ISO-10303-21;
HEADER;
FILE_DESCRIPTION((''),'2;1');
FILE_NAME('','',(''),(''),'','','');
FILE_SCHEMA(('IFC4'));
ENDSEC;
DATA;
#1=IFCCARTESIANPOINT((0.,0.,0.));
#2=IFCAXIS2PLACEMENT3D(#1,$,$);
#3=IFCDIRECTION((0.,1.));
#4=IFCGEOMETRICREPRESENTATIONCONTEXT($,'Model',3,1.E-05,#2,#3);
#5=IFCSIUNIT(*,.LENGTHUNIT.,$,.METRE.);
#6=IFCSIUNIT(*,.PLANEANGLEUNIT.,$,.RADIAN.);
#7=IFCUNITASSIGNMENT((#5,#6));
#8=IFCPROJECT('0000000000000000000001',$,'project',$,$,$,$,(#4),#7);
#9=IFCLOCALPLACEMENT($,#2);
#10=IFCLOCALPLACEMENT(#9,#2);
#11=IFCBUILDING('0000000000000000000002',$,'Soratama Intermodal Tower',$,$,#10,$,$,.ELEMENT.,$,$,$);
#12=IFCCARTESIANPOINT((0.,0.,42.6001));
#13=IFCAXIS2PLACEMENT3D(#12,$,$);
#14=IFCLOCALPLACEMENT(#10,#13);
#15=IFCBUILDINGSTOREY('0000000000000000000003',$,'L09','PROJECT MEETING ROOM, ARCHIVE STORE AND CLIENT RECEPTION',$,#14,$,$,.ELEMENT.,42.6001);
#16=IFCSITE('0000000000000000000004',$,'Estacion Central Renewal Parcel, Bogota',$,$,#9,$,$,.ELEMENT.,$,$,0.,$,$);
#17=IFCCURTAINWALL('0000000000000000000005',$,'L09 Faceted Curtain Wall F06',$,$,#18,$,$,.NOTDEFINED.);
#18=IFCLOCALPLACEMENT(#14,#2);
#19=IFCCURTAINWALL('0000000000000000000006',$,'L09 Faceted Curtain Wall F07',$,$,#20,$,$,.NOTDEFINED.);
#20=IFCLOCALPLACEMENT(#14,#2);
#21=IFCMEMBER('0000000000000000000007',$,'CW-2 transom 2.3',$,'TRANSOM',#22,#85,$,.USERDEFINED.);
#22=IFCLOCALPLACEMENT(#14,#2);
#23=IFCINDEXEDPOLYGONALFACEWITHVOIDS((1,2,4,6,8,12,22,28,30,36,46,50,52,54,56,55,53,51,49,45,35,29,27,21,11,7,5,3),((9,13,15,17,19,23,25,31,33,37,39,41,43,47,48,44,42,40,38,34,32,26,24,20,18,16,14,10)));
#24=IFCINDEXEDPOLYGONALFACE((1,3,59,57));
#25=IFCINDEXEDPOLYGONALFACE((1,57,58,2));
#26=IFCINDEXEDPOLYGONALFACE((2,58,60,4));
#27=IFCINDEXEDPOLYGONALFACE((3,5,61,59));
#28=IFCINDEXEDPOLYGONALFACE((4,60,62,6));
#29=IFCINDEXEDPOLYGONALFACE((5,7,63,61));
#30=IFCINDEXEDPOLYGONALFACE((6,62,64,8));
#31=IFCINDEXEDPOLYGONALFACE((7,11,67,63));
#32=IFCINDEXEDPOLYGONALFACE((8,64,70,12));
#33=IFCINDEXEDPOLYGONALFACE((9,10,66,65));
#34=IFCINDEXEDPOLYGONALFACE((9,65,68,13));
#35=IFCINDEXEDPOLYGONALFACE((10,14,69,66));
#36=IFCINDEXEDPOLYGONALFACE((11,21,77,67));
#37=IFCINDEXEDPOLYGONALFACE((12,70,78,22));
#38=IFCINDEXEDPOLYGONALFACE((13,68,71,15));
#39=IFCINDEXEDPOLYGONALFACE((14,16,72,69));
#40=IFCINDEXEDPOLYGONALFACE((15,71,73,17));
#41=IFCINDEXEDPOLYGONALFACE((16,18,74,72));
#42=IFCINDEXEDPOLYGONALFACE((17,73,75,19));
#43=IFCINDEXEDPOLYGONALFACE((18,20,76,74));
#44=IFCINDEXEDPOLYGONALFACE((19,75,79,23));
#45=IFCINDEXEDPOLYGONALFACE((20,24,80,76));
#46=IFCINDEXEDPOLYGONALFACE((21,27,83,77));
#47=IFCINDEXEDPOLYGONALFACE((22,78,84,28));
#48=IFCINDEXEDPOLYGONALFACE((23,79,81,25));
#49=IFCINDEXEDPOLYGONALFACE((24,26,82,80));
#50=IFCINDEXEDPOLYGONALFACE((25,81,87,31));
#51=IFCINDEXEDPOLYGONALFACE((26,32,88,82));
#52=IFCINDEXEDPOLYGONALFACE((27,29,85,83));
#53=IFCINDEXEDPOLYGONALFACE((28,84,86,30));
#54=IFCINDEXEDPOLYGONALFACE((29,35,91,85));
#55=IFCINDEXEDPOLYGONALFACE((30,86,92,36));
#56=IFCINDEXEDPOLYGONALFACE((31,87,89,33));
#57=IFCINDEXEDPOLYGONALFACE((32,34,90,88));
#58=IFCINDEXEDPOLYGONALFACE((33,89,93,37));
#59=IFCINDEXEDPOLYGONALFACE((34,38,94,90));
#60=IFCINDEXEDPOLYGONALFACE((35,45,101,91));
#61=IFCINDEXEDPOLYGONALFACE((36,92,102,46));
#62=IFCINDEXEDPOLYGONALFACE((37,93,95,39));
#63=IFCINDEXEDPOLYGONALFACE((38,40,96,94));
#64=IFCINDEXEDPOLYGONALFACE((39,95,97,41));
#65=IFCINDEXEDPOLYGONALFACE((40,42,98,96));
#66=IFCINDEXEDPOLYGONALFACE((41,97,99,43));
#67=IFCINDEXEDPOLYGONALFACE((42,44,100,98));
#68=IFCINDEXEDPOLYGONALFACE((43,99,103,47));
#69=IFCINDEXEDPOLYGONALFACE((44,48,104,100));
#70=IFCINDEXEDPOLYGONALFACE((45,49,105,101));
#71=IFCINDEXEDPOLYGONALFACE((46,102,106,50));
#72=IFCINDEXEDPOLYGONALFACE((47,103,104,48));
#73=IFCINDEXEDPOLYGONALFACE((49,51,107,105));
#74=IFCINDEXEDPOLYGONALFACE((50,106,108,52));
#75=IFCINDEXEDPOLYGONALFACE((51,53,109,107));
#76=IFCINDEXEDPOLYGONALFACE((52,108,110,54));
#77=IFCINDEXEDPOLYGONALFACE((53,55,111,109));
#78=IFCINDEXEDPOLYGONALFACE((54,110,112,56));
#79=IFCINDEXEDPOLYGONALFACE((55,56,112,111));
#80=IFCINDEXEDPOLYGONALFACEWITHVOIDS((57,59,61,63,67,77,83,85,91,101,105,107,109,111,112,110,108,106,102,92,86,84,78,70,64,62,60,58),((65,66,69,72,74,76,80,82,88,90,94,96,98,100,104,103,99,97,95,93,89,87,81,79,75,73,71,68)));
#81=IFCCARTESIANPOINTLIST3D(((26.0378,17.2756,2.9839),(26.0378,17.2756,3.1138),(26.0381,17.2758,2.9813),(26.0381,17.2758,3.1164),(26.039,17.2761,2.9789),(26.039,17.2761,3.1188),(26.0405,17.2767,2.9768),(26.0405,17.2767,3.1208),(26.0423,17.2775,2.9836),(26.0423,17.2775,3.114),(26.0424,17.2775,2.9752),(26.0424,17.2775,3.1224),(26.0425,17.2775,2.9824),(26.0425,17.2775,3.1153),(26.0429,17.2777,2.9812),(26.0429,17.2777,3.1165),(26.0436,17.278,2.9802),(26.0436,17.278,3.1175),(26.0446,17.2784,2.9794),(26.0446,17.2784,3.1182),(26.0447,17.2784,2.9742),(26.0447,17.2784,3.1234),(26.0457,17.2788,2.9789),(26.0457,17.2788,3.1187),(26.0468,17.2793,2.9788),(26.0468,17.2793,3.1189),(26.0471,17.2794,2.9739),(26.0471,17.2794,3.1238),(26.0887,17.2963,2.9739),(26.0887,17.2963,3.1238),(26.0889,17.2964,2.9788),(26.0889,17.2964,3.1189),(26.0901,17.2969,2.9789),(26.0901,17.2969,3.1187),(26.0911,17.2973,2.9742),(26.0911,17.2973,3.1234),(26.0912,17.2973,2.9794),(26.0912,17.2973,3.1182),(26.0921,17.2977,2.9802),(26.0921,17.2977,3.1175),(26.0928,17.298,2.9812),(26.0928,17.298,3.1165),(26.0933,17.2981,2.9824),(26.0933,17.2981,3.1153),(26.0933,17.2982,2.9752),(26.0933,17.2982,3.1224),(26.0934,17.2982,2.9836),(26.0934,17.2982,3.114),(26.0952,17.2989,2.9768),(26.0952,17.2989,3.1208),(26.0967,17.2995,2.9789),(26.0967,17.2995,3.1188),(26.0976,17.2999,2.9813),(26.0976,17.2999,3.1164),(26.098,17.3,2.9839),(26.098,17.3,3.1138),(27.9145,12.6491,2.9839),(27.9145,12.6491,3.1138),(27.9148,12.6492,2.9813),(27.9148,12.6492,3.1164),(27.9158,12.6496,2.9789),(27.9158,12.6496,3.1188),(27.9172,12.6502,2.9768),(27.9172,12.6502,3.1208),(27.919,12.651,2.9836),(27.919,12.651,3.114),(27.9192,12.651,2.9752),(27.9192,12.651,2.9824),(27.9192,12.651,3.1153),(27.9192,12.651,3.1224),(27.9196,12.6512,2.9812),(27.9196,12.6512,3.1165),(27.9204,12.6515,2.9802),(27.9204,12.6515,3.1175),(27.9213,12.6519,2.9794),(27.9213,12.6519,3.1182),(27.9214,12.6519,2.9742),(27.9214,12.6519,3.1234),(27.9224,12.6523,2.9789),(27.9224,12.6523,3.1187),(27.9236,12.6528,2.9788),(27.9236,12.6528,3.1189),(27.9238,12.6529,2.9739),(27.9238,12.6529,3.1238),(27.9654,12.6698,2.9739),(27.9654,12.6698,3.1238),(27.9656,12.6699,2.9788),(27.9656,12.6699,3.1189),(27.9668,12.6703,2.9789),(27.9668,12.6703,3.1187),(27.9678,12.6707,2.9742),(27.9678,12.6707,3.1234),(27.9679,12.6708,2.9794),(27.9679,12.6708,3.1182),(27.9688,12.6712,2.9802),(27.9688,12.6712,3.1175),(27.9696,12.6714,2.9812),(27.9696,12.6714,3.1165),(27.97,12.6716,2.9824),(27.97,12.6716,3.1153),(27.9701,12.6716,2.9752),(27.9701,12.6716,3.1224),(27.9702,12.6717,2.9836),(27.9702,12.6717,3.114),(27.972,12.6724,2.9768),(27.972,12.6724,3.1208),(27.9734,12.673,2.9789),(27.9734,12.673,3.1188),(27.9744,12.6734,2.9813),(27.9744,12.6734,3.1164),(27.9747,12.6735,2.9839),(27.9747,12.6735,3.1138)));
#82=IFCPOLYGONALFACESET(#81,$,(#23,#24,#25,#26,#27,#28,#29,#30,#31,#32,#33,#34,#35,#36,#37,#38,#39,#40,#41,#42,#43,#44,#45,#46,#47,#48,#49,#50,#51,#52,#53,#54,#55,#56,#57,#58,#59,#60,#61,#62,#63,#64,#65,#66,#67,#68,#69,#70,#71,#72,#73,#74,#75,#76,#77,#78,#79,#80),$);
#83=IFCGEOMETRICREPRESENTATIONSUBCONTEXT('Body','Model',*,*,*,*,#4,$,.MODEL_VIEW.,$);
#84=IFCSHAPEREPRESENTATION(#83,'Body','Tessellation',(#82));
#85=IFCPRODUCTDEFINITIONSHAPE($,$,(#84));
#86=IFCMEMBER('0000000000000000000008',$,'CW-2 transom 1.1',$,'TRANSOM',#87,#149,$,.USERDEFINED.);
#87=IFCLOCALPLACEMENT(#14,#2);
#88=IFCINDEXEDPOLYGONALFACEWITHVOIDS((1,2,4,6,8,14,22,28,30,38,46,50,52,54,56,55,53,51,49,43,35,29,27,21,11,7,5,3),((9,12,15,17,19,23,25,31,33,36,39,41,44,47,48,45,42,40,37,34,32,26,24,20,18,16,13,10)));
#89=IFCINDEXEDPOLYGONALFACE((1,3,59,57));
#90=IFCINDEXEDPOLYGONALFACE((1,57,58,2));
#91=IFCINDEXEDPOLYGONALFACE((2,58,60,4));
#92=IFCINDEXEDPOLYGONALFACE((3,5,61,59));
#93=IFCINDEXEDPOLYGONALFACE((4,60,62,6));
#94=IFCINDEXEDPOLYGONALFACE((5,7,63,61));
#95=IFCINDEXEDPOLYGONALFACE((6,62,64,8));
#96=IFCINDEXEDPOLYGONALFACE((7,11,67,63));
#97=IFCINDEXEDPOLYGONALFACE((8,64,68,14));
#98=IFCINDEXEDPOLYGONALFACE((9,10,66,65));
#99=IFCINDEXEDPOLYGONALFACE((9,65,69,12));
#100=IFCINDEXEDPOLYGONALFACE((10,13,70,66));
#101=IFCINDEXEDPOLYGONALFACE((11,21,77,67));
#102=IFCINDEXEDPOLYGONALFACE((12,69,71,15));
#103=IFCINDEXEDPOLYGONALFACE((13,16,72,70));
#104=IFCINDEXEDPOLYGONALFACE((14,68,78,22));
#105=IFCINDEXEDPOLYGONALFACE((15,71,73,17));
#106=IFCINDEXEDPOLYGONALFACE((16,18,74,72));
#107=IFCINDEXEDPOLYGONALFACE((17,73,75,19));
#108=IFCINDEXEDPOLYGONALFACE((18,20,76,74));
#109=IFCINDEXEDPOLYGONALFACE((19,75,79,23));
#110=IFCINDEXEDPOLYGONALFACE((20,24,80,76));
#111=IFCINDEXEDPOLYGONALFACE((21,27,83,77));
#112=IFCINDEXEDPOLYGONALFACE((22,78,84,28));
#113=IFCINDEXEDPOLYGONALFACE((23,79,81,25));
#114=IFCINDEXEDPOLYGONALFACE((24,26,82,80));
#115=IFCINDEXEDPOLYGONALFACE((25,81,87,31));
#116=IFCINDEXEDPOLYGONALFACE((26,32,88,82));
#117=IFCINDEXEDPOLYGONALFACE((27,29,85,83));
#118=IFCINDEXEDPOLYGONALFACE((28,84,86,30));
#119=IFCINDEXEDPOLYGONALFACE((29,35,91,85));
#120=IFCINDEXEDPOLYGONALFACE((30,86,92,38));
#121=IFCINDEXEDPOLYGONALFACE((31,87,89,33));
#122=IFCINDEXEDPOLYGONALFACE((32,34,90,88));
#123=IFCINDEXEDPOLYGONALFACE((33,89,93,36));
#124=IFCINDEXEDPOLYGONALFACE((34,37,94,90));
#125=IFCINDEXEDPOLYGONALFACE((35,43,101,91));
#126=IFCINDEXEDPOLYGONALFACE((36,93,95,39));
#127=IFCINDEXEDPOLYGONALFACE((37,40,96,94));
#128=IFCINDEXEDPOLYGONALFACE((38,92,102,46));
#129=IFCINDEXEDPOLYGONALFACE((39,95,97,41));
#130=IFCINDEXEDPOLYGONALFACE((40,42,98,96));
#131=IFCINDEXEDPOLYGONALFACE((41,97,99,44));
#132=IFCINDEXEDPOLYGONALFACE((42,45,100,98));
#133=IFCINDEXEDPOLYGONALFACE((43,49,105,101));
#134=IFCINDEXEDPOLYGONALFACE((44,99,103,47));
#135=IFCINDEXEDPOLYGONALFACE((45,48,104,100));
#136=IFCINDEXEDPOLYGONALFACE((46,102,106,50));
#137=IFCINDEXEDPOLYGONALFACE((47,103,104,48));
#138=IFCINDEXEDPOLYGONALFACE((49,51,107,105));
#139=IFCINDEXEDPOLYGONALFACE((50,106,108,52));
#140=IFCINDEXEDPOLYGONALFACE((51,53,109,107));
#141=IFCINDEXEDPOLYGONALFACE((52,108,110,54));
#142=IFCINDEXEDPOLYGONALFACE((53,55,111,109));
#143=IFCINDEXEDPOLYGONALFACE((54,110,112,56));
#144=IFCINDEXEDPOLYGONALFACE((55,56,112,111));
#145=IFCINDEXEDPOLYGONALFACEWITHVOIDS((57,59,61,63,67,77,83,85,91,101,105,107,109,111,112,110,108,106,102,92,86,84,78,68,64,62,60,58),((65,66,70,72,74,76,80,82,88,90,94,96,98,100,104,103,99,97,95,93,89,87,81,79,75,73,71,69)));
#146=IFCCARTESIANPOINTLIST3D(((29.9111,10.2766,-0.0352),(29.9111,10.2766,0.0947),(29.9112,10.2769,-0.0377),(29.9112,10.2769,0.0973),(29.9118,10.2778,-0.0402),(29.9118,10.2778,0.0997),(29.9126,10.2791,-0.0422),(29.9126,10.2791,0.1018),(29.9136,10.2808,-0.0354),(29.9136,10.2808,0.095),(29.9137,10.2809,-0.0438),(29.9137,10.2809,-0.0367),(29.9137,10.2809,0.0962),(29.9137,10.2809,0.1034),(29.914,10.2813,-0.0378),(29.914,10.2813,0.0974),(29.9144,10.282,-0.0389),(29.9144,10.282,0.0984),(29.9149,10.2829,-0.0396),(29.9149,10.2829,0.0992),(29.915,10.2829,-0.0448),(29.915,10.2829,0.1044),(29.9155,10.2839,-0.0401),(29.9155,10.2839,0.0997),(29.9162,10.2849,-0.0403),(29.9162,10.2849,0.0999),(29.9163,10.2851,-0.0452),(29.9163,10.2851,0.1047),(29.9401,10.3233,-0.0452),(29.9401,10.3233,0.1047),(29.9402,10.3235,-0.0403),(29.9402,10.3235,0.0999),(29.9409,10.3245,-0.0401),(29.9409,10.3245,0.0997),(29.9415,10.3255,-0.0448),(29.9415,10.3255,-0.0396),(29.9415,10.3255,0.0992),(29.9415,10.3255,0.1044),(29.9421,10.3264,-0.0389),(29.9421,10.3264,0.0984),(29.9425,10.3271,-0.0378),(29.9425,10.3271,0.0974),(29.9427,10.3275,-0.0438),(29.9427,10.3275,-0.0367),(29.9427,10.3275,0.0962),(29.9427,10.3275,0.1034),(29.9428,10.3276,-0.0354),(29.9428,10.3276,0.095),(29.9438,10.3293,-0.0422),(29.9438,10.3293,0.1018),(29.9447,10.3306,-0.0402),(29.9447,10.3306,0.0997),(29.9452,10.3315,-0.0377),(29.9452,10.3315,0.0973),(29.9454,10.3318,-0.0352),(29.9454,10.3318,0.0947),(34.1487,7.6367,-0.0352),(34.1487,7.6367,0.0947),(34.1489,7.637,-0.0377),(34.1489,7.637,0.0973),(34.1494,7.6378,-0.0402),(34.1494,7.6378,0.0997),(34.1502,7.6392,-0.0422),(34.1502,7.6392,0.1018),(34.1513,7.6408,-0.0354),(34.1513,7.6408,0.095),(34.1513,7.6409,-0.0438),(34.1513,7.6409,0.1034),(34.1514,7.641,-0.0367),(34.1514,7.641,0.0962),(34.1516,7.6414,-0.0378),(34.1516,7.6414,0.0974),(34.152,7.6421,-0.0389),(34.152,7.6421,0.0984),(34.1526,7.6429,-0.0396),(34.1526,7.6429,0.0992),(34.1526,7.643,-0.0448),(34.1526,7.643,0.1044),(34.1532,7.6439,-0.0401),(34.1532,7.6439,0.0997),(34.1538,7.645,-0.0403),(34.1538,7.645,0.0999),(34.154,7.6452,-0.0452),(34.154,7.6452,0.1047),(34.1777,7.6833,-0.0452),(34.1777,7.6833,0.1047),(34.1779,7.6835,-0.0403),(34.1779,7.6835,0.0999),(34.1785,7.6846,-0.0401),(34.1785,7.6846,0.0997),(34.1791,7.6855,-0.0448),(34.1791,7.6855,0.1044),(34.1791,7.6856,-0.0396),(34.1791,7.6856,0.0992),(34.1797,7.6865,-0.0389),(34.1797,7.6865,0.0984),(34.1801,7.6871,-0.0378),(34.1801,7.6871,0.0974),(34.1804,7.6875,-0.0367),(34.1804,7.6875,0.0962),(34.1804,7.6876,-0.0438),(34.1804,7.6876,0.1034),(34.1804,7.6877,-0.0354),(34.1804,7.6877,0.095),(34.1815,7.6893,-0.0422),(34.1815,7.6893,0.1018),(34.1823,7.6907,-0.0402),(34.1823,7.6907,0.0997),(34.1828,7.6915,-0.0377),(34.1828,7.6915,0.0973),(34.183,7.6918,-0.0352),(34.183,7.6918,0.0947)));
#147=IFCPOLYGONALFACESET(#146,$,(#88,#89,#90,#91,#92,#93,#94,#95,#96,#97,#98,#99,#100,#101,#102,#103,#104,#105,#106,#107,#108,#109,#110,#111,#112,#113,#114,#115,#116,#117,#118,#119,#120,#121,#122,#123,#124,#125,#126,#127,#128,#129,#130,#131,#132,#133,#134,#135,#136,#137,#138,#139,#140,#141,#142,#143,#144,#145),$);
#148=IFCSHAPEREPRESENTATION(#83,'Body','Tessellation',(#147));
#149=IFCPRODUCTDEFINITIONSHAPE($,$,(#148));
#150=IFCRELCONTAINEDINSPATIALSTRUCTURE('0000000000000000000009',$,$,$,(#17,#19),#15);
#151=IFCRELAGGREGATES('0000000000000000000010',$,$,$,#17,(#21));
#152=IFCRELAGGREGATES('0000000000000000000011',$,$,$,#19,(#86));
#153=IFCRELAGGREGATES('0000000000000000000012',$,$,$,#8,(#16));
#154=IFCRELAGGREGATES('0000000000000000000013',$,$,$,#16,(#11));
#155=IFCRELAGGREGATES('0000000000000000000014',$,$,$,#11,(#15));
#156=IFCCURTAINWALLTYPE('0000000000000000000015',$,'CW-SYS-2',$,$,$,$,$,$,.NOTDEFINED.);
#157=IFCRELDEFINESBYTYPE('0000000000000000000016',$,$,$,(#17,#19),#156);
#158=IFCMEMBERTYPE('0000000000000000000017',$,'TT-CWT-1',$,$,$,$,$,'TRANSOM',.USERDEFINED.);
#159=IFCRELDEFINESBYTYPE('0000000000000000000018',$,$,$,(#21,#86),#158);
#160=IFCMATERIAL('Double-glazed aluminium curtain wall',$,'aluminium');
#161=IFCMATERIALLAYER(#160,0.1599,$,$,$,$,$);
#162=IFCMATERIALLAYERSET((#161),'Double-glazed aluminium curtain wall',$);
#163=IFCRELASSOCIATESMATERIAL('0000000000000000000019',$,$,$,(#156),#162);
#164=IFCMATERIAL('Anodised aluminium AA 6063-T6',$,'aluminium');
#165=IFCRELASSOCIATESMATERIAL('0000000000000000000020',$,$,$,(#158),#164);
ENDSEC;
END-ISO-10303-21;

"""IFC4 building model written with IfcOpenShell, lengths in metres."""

from ifc_helpers import new_model, si_unit, direction, frame, origin, origin_2d, place, context, subcontext, project, spatial, hollow_rectangle, extrude, material, layer, layer_set, material_profile, profile_set, type_object, element, aggregate, save


model = new_model("IFC4")

# Units and contexts
model_context = context("Model", 3, precision=1e-05, world=origin(), true_north=direction((0.0, 1.0)))
body_context = subcontext(model_context, "Body", "Model", "MODEL_VIEW")
ifc_project = project(units=[si_unit("LENGTHUNIT", "METRE"), si_unit("PLANEANGLEUNIT", "RADIAN")], contexts=[model_context])

# Site, building, storey
site_placement = place(None, origin())
site = spatial("IfcSite", under=ifc_project, at=site_placement, Name="Estacion Central Renewal Parcel, Bogota", CompositionType="ELEMENT", RefElevation=0.0)
building_placement = place(site_placement, origin())
building = spatial("IfcBuilding", under=site, at=building_placement, Name="Soratama Intermodal Tower", CompositionType="ELEMENT")
storey_placement = place(building_placement, frame((0.0, 0.0, 42.6001)))
storey = spatial("IfcBuildingStorey", under=building, at=storey_placement, Name="L09", Description="PROJECT MEETING ROOM, ARCHIVE STORE AND CLIENT RECEPTION", CompositionType="ELEMENT", Elevation=42.6001)

# Curtain walls
ifc_material_1 = material(Name="Double-glazed aluminium curtain wall", Category="aluminium")
ifc_layer_1 = layer(ifc_material_1, 0.1599)
ifc_layer_set_1 = layer_set([ifc_layer_1], Name="Double-glazed aluminium curtain wall")
curtain_wall_type = type_object("IfcCurtainWallType", Name="CW-SYS-2", PredefinedType="NOTDEFINED", material=ifc_layer_set_1)
curtain_wall_1_placement = place(storey_placement, origin())
curtain_wall_1 = element("IfcCurtainWall", 1, at=curtain_wall_1_placement, inside=storey, type_object=curtain_wall_type, Name="L09 Faceted Curtain Wall F06", PredefinedType="NOTDEFINED")
curtain_wall_2_placement = place(storey_placement, origin())
curtain_wall_2 = element("IfcCurtainWall", 2, at=curtain_wall_2_placement, inside=storey, type_object=curtain_wall_type, Name="L09 Faceted Curtain Wall F07", PredefinedType="NOTDEFINED")

# Members
ifc_material_2 = material(Name="Anodised aluminium AA 6063-T6", Category="aluminium")
ifc_material_profile_1 = material_profile(ifc_material_2, hollow_rectangle(XDim=0.0649, YDim=0.1499, WallThickness=0.0049, InnerFilletRadius=0.0049, OuterFilletRadius=0.01, at=origin_2d()), Name="CWT150X65X5")
ifc_profile_set_1 = profile_set([ifc_material_profile_1], Name="Anodised aluminium AA 6063-T6")
member_type_1 = type_object("IfcMemberType", Name="TT-CWT-1", ElementType="TRANSOM", PredefinedType="USERDEFINED", material=ifc_profile_set_1)
member_1_placement = place(storey_placement, frame((26.0679, 17.2878, 3.0488), z_axis=(0.375897, -0.926661, 0.0), x_axis=(0.926661, 0.375897, 0.0)))
member_1 = element("IfcMember", 3, at=member_1_placement, type_object=member_type_1, Name="CW-2 transom 2.3", ObjectType="TRANSOM", PredefinedType="USERDEFINED", context=body_context, shape_type="SweptSolid", body=[
    extrude(hollow_rectangle(XDim=0.0649, YDim=0.1499, WallThickness=0.0049, InnerFilletRadius=0.0049, OuterFilletRadius=0.01, at=origin_2d()), origin(), (0.0, 0.0, 1.0), 4.9927),
])
member_2_placement = place(storey_placement, frame((29.9282, 10.3042, 0.0298), z_axis=(0.848769, -0.528763, 0.0), x_axis=(0.528763, 0.848769, 0.0)))
member_2 = element("IfcMember", 4, at=member_2_placement, type_object=member_type_1, Name="CW-2 transom 1.1", ObjectType="TRANSOM", PredefinedType="USERDEFINED", context=body_context, shape_type="SweptSolid", body=[
    extrude(hollow_rectangle(XDim=0.0649, YDim=0.1499, WallThickness=0.0049, InnerFilletRadius=0.0049, OuterFilletRadius=0.01, at=origin_2d()), origin(), (0.0, 0.0, 1.0), 4.9927),
])

aggregate(curtain_wall_1, [member_1])
aggregate(curtain_wall_2, [member_2])

save(model, "model.ifc")
